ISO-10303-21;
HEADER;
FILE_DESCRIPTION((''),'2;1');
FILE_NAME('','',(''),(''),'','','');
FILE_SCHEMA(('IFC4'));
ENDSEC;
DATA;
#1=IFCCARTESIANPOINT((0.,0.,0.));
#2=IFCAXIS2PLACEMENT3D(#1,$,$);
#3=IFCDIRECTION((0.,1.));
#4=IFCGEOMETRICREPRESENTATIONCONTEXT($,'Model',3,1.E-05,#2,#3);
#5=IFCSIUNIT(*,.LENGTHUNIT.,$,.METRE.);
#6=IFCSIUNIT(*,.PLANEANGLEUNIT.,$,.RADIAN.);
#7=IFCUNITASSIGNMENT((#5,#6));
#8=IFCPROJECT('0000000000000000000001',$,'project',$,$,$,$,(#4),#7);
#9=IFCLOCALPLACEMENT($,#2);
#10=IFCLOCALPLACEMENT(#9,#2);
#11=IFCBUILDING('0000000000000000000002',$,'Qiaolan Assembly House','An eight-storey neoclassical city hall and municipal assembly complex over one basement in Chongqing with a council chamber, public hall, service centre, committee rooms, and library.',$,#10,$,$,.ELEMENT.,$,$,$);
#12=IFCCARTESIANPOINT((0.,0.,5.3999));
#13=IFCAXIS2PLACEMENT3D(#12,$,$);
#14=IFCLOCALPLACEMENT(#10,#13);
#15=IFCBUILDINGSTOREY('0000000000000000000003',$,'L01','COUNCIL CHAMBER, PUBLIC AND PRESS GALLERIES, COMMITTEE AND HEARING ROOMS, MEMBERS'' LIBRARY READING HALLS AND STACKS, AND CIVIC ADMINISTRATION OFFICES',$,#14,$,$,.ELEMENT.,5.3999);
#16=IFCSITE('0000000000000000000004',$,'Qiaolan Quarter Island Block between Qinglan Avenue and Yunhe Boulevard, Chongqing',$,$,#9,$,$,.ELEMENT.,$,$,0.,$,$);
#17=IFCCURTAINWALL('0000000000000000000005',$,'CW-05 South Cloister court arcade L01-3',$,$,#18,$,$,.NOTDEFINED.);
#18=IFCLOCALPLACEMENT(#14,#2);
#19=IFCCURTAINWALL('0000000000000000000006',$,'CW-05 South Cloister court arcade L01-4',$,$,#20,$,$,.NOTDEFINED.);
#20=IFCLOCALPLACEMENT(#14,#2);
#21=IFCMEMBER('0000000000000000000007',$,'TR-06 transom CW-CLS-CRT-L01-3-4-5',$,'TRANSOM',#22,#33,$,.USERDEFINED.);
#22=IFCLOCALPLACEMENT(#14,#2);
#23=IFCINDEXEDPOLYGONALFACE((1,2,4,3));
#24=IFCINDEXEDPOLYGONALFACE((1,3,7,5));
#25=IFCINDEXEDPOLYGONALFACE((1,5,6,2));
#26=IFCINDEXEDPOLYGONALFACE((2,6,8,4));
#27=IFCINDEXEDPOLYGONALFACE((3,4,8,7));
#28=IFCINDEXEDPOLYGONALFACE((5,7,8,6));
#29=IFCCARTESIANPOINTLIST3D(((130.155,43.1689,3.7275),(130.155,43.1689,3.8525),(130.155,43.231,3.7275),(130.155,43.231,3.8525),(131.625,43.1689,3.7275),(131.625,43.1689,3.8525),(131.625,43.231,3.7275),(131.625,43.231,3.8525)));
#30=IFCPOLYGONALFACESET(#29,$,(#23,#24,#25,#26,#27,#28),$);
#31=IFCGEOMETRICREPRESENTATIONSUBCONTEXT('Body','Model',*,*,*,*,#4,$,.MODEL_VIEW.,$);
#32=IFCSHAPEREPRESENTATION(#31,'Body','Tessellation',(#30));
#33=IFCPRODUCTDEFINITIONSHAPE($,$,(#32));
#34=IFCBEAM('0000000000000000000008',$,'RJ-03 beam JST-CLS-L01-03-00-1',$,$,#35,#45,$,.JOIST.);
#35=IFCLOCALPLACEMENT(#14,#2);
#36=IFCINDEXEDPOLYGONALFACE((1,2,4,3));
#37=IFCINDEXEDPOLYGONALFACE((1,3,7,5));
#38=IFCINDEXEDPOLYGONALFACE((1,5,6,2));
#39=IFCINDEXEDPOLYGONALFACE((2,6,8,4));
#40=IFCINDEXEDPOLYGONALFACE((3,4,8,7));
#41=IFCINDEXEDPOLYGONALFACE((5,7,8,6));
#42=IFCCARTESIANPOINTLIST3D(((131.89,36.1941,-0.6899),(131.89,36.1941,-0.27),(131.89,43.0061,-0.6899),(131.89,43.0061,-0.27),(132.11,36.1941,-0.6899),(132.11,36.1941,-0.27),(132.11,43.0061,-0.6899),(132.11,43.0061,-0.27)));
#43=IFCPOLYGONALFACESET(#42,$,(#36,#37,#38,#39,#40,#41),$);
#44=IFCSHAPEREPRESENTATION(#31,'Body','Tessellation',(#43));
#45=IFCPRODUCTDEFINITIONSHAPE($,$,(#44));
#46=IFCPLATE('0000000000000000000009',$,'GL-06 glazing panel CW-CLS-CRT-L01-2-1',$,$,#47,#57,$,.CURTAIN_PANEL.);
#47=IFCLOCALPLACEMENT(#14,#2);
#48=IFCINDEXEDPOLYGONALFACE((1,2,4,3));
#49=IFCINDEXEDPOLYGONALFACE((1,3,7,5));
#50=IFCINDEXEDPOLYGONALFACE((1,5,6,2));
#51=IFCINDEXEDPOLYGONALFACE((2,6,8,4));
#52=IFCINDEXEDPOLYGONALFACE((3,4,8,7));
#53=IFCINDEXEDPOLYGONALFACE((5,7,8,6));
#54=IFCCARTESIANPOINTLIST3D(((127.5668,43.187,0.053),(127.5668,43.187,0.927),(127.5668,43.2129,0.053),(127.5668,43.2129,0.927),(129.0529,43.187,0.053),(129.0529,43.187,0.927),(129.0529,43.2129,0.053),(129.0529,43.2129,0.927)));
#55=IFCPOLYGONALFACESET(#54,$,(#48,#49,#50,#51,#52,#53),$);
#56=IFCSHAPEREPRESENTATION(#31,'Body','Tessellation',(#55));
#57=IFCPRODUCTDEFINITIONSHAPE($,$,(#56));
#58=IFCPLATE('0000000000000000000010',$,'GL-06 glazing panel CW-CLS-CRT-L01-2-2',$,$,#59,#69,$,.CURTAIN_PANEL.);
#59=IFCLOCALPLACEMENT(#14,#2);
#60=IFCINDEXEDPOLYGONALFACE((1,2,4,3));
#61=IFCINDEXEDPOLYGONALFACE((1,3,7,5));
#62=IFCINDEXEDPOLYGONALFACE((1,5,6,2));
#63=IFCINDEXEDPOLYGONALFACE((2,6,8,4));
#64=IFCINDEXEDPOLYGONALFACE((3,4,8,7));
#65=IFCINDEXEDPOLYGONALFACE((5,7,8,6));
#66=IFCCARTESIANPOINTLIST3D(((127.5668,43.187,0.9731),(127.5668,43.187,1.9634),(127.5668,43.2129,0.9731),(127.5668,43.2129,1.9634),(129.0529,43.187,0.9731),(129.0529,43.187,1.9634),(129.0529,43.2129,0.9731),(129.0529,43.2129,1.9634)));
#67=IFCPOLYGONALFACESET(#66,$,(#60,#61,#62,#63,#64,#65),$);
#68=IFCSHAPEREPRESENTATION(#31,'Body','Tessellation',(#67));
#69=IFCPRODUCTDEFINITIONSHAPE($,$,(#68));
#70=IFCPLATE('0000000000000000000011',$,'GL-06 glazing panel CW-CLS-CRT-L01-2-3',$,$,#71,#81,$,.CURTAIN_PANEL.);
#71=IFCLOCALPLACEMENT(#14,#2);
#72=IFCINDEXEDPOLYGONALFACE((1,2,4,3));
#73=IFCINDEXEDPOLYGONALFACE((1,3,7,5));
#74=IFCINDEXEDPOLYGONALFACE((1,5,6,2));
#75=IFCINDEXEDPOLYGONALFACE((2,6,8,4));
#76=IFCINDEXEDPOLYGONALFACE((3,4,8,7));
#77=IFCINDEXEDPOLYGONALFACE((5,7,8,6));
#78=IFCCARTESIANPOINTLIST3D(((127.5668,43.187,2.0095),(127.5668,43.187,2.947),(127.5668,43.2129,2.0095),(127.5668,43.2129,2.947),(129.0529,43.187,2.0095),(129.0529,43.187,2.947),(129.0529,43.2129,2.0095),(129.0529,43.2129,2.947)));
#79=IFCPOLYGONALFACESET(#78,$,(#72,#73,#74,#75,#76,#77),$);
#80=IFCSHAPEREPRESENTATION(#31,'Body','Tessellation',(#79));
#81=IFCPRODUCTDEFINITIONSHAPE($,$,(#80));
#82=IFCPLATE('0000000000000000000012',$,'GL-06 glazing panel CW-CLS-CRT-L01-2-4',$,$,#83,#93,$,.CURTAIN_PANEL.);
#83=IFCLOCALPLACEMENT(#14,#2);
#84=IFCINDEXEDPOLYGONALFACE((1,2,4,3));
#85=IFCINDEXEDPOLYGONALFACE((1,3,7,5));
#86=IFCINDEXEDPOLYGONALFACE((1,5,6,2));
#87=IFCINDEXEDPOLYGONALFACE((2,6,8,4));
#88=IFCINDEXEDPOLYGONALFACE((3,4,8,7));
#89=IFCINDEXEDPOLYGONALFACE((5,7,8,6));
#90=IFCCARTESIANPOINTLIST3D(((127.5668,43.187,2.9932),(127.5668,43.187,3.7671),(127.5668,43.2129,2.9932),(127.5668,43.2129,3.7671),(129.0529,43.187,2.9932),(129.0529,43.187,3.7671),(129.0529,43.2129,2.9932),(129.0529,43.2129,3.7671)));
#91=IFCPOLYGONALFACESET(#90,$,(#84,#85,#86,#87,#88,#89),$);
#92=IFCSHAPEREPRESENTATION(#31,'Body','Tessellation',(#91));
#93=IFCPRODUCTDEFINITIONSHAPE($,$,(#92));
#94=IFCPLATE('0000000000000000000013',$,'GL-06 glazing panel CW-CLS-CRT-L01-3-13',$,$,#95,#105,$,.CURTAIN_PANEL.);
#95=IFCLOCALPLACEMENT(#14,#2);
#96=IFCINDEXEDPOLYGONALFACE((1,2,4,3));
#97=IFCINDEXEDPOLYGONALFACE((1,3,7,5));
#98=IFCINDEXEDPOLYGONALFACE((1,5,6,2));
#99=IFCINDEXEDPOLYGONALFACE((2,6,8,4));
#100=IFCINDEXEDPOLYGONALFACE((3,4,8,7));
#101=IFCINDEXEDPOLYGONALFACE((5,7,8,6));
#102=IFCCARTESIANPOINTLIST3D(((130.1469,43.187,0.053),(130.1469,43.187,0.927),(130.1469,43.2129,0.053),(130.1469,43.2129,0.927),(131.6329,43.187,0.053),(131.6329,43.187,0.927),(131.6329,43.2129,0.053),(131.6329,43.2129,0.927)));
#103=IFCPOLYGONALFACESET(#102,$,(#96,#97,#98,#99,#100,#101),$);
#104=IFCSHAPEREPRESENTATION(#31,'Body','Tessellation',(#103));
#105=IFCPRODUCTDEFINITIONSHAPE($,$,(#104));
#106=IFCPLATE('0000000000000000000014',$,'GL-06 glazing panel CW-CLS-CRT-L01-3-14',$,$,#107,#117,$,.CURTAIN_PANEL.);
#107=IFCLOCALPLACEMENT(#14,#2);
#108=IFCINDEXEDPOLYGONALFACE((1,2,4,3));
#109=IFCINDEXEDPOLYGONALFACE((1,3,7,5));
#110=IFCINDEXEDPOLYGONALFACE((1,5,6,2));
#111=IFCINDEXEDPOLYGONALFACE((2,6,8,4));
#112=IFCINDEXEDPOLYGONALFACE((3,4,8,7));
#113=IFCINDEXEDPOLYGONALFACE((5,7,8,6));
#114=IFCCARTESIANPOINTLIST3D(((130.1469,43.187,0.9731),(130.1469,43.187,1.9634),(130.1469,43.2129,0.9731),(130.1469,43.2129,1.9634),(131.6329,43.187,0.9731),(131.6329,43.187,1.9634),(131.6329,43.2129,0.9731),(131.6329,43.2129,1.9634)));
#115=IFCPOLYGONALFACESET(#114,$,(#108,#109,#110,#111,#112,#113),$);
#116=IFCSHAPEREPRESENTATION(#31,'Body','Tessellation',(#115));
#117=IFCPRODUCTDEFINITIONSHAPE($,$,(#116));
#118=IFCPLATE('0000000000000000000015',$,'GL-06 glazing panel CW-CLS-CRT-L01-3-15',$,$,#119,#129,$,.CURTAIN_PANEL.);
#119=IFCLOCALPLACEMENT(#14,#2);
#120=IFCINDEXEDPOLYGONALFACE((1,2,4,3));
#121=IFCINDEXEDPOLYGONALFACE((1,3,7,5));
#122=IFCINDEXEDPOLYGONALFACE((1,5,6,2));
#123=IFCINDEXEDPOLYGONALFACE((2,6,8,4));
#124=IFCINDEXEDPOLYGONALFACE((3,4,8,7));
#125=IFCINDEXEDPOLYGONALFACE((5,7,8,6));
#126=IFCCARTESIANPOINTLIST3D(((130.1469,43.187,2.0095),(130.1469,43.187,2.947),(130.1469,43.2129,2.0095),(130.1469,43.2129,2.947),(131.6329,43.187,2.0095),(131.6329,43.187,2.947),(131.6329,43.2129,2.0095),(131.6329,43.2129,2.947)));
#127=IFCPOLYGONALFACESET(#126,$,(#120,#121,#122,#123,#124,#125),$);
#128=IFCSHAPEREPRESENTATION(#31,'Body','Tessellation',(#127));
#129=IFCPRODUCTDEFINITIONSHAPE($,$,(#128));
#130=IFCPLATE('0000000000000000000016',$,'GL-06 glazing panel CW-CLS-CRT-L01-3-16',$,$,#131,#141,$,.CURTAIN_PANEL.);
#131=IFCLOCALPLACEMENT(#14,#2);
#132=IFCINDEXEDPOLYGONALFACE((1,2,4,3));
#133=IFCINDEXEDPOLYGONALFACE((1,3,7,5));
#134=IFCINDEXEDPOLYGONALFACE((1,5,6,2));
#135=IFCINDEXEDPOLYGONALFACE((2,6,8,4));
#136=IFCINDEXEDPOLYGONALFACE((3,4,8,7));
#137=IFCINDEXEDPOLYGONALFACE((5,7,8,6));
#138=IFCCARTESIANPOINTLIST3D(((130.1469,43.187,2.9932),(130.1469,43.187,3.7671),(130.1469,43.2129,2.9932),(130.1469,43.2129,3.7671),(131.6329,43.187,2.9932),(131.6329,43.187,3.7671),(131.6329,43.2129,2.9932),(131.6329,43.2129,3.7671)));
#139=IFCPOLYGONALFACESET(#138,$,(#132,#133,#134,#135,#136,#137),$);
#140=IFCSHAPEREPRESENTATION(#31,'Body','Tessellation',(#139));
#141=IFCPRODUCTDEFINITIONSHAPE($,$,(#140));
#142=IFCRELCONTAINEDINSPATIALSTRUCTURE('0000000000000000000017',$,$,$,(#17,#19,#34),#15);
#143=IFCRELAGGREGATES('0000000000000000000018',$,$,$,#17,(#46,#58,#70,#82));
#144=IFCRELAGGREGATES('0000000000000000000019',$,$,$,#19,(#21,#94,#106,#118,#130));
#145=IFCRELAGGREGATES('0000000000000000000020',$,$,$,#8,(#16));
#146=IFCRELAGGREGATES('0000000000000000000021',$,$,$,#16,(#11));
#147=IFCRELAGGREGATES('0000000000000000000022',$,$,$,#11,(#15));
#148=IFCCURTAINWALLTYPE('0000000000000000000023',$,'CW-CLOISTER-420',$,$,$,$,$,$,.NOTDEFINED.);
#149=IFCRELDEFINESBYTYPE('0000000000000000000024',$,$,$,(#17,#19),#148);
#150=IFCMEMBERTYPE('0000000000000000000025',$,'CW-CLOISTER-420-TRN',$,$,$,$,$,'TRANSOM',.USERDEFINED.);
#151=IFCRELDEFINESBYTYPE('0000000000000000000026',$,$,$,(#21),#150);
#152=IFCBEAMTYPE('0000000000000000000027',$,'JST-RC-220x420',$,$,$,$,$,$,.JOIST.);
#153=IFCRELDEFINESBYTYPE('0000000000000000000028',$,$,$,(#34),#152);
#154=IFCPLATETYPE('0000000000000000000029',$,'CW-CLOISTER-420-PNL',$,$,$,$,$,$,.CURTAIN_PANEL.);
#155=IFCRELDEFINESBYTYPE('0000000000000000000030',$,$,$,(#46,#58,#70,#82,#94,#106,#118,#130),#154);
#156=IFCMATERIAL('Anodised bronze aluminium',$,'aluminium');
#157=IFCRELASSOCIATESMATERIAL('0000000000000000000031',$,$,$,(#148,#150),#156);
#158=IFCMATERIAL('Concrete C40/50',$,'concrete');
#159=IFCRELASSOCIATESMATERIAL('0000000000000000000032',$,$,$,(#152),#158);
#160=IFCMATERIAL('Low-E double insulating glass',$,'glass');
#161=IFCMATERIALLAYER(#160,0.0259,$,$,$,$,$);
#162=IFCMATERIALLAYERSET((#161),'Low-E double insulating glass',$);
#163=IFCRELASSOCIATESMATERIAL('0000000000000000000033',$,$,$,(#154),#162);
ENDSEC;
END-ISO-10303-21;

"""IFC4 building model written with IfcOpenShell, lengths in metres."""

from ifc_helpers import new_model, si_unit, direction, frame, frame_2d, origin, origin_2d, place, context, subcontext, project, spatial, rectangle, extrude, material, layer, layer_set, material_profile, profile_set, type_object, element, aggregate, save


model = new_model("IFC4")

# Units and contexts
model_context = context("Model", 3, precision=1e-05, world=origin(), true_north=direction((0.0, 1.0)))
body_context = subcontext(model_context, "Body", "Model", "MODEL_VIEW")
ifc_project = project(units=[si_unit("LENGTHUNIT", "METRE"), si_unit("PLANEANGLEUNIT", "RADIAN")], contexts=[model_context])

# Site, building, storey
site_placement = place(None, origin())
site = spatial("IfcSite", under=ifc_project, at=site_placement, Name="Qiaolan Quarter Island Block between Qinglan Avenue and Yunhe Boulevard, Chongqing", CompositionType="ELEMENT", RefElevation=0.0)
building_placement = place(site_placement, origin())
building = spatial("IfcBuilding", under=site, at=building_placement, Name="Qiaolan Assembly House", Description="An eight-storey neoclassical city hall and municipal assembly complex over one basement in Chongqing with a council chamber, public hall, service centre, committee rooms, and library.", CompositionType="ELEMENT")
storey_placement = place(building_placement, frame((0.0, 0.0, 5.3999)))
storey = spatial("IfcBuildingStorey", under=building, at=storey_placement, Name="L01", Description="COUNCIL CHAMBER, PUBLIC AND PRESS GALLERIES, COMMITTEE AND HEARING ROOMS, MEMBERS' LIBRARY READING HALLS AND STACKS, AND CIVIC ADMINISTRATION OFFICES", CompositionType="ELEMENT", Elevation=5.3999)

# Shared definitions
ifc_material_1 = material(Name="Concrete C40/50", Category="concrete")

# Curtain wall
ifc_material_2 = material(Name="Anodised bronze aluminium", Category="aluminium")
curtain_wall_type = type_object("IfcCurtainWallType", Name="CW-CLOISTER-420", PredefinedType="NOTDEFINED", material=ifc_material_2)
curtain_wall_1_placement = place(storey_placement, origin())
curtain_wall_1 = element("IfcCurtainWall", 1, at=curtain_wall_1_placement, inside=storey, type_object=curtain_wall_type, Name="CW-05 South Cloister court arcade L01-3", PredefinedType="NOTDEFINED")

# Curtain wall
curtain_wall_2_placement = place(storey_placement, origin())
curtain_wall_2 = element("IfcCurtainWall", 2, at=curtain_wall_2_placement, inside=storey, type_object=curtain_wall_type, Name="CW-05 South Cloister court arcade L01-4", PredefinedType="NOTDEFINED")

# Member
ifc_material_profile_1 = material_profile(ifc_material_2, rectangle(XDim=0.062, YDim=0.125, at=origin_2d()), Name="TRN 62x125")
ifc_profile_set_1 = profile_set([ifc_material_profile_1], Name="Anodised bronze aluminium")
member_type_1 = type_object("IfcMemberType", Name="CW-CLOISTER-420-TRN", ElementType="TRANSOM", PredefinedType="USERDEFINED", material=ifc_profile_set_1)
member_1_placement = place(storey_placement, frame((131.625, 43.2, 3.79), z_axis=(-1.0, 0.0, 0.0), x_axis=(0.0, -1.0, 0.0)))
member_1 = element("IfcMember", 3, at=member_1_placement, type_object=member_type_1, Name="TR-06 transom CW-CLS-CRT-L01-3-4-5", ObjectType="TRANSOM", PredefinedType="USERDEFINED", context=body_context, shape_type="SweptSolid", body=[
    extrude(rectangle(XDim=0.062, YDim=0.125, at=origin_2d()), origin(), (0.0, 0.0, 1.0), 1.47),
])

# Beam
ifc_material_profile_2 = material_profile(ifc_material_1, rectangle(XDim=0.22, YDim=0.4199, at=origin_2d()), Name="RCB 220x420")
ifc_profile_set_2 = profile_set([ifc_material_profile_2], Name="Concrete C40/50")
beam_type_1 = type_object("IfcBeamType", Name="JST-RC-220x420", PredefinedType="JOIST", material=ifc_profile_set_2)
beam_1_placement = place(storey_placement, frame((132.0, 36.1941, -0.48), z_axis=(0.0, 1.0, 0.0), x_axis=(-1.0, 0.0, 0.0)))
element("IfcBeam", 4, at=beam_1_placement, inside=storey, type_object=beam_type_1, Name="RJ-03 beam JST-CLS-L01-03-00-1", PredefinedType="JOIST", context=body_context, shape_type="SweptSolid", body=[
    extrude(rectangle(XDim=0.22, YDim=0.4199, at=origin_2d()), origin(), (0.0, 0.0, 1.0), 6.812),
])

# Plates
ifc_material_3 = material(Name="Low-E double insulating glass", Category="glass")
ifc_layer = layer(ifc_material_3, 0.0259)
ifc_layer_set = layer_set([ifc_layer], Name="Low-E double insulating glass")
plate_type = type_object("IfcPlateType", Name="CW-CLOISTER-420-PNL", PredefinedType="CURTAIN_PANEL", material=ifc_layer_set)
plate_1_placement = place(storey_placement, frame((129.053, 43.2, 0.053), z_axis=(0.0, 0.0, 1.0), x_axis=(-1.0, 0.0, 0.0)))
plate_1 = element("IfcPlate", 5, at=plate_1_placement, type_object=plate_type, Name="GL-06 glazing panel CW-CLS-CRT-L01-2-1", PredefinedType="CURTAIN_PANEL", context=body_context, shape_type="SweptSolid", body=[
    extrude(rectangle(XDim=1.4861, YDim=0.0259, at=frame_2d((0.7432, 0.0))), origin(), (0.0, 0.0, 1.0), 0.874),
])
plate_2_placement = place(storey_placement, frame((129.053, 43.2, 0.9731), z_axis=(0.0, 0.0, 1.0), x_axis=(-1.0, 0.0, 0.0)))
plate_2 = element("IfcPlate", 6, at=plate_2_placement, type_object=plate_type, Name="GL-06 glazing panel CW-CLS-CRT-L01-2-2", PredefinedType="CURTAIN_PANEL", context=body_context, shape_type="SweptSolid", body=[
    extrude(rectangle(XDim=1.4861, YDim=0.0259, at=frame_2d((0.7432, 0.0))), origin(), (0.0, 0.0, 1.0), 0.9902),
])
plate_3_placement = place(storey_placement, frame((129.053, 43.2, 2.0095), z_axis=(0.0, 0.0, 1.0), x_axis=(-1.0, 0.0, 0.0)))
plate_3 = element("IfcPlate", 7, at=plate_3_placement, type_object=plate_type, Name="GL-06 glazing panel CW-CLS-CRT-L01-2-3", PredefinedType="CURTAIN_PANEL", context=body_context, shape_type="SweptSolid", body=[
    extrude(rectangle(XDim=1.4861, YDim=0.0259, at=frame_2d((0.7432, 0.0))), origin(), (0.0, 0.0, 1.0), 0.9375),
])
plate_4_placement = place(storey_placement, frame((129.053, 43.2, 2.9932), z_axis=(0.0, 0.0, 1.0), x_axis=(-1.0, 0.0, 0.0)))
plate_4 = element("IfcPlate", 8, at=plate_4_placement, type_object=plate_type, Name="GL-06 glazing panel CW-CLS-CRT-L01-2-4", PredefinedType="CURTAIN_PANEL", context=body_context, shape_type="SweptSolid", body=[
    extrude(rectangle(XDim=1.4861, YDim=0.0259, at=frame_2d((0.7432, 0.0))), origin(), (0.0, 0.0, 1.0), 0.7739),
])
aggregate(curtain_wall_1, [plate_1, plate_2, plate_3, plate_4])
plate_5_placement = place(storey_placement, frame((131.6331, 43.2, 0.053), z_axis=(0.0, 0.0, 1.0), x_axis=(-1.0, 0.0, 0.0)))
plate_5 = element("IfcPlate", 9, at=plate_5_placement, type_object=plate_type, Name="GL-06 glazing panel CW-CLS-CRT-L01-3-13", PredefinedType="CURTAIN_PANEL", context=body_context, shape_type="SweptSolid", body=[
    extrude(rectangle(XDim=1.4861, YDim=0.0259, at=frame_2d((0.7432, 0.0))), origin(), (0.0, 0.0, 1.0), 0.874),
])
plate_6_placement = place(storey_placement, frame((131.6331, 43.2, 0.9731), z_axis=(0.0, 0.0, 1.0), x_axis=(-1.0, 0.0, 0.0)))
plate_6 = element("IfcPlate", 10, at=plate_6_placement, type_object=plate_type, Name="GL-06 glazing panel CW-CLS-CRT-L01-3-14", PredefinedType="CURTAIN_PANEL", context=body_context, shape_type="SweptSolid", body=[
    extrude(rectangle(XDim=1.4861, YDim=0.0259, at=frame_2d((0.7432, 0.0))), origin(), (0.0, 0.0, 1.0), 0.9902),
])
plate_7_placement = place(storey_placement, frame((131.6331, 43.2, 2.0095), z_axis=(0.0, 0.0, 1.0), x_axis=(-1.0, 0.0, 0.0)))
plate_7 = element("IfcPlate", 11, at=plate_7_placement, type_object=plate_type, Name="GL-06 glazing panel CW-CLS-CRT-L01-3-15", PredefinedType="CURTAIN_PANEL", context=body_context, shape_type="SweptSolid", body=[
    extrude(rectangle(XDim=1.4861, YDim=0.0259, at=frame_2d((0.7432, 0.0))), origin(), (0.0, 0.0, 1.0), 0.9375),
])
plate_8_placement = place(storey_placement, frame((131.6331, 43.2, 2.9932), z_axis=(0.0, 0.0, 1.0), x_axis=(-1.0, 0.0, 0.0)))
plate_8 = element("IfcPlate", 12, at=plate_8_placement, type_object=plate_type, Name="GL-06 glazing panel CW-CLS-CRT-L01-3-16", PredefinedType="CURTAIN_PANEL", context=body_context, shape_type="SweptSolid", body=[
    extrude(rectangle(XDim=1.4861, YDim=0.0259, at=frame_2d((0.7432, 0.0))), origin(), (0.0, 0.0, 1.0), 0.7739),
])
aggregate(curtain_wall_2, [member_1, plate_5, plate_6, plate_7, plate_8])

save(model, "model.ifc")
